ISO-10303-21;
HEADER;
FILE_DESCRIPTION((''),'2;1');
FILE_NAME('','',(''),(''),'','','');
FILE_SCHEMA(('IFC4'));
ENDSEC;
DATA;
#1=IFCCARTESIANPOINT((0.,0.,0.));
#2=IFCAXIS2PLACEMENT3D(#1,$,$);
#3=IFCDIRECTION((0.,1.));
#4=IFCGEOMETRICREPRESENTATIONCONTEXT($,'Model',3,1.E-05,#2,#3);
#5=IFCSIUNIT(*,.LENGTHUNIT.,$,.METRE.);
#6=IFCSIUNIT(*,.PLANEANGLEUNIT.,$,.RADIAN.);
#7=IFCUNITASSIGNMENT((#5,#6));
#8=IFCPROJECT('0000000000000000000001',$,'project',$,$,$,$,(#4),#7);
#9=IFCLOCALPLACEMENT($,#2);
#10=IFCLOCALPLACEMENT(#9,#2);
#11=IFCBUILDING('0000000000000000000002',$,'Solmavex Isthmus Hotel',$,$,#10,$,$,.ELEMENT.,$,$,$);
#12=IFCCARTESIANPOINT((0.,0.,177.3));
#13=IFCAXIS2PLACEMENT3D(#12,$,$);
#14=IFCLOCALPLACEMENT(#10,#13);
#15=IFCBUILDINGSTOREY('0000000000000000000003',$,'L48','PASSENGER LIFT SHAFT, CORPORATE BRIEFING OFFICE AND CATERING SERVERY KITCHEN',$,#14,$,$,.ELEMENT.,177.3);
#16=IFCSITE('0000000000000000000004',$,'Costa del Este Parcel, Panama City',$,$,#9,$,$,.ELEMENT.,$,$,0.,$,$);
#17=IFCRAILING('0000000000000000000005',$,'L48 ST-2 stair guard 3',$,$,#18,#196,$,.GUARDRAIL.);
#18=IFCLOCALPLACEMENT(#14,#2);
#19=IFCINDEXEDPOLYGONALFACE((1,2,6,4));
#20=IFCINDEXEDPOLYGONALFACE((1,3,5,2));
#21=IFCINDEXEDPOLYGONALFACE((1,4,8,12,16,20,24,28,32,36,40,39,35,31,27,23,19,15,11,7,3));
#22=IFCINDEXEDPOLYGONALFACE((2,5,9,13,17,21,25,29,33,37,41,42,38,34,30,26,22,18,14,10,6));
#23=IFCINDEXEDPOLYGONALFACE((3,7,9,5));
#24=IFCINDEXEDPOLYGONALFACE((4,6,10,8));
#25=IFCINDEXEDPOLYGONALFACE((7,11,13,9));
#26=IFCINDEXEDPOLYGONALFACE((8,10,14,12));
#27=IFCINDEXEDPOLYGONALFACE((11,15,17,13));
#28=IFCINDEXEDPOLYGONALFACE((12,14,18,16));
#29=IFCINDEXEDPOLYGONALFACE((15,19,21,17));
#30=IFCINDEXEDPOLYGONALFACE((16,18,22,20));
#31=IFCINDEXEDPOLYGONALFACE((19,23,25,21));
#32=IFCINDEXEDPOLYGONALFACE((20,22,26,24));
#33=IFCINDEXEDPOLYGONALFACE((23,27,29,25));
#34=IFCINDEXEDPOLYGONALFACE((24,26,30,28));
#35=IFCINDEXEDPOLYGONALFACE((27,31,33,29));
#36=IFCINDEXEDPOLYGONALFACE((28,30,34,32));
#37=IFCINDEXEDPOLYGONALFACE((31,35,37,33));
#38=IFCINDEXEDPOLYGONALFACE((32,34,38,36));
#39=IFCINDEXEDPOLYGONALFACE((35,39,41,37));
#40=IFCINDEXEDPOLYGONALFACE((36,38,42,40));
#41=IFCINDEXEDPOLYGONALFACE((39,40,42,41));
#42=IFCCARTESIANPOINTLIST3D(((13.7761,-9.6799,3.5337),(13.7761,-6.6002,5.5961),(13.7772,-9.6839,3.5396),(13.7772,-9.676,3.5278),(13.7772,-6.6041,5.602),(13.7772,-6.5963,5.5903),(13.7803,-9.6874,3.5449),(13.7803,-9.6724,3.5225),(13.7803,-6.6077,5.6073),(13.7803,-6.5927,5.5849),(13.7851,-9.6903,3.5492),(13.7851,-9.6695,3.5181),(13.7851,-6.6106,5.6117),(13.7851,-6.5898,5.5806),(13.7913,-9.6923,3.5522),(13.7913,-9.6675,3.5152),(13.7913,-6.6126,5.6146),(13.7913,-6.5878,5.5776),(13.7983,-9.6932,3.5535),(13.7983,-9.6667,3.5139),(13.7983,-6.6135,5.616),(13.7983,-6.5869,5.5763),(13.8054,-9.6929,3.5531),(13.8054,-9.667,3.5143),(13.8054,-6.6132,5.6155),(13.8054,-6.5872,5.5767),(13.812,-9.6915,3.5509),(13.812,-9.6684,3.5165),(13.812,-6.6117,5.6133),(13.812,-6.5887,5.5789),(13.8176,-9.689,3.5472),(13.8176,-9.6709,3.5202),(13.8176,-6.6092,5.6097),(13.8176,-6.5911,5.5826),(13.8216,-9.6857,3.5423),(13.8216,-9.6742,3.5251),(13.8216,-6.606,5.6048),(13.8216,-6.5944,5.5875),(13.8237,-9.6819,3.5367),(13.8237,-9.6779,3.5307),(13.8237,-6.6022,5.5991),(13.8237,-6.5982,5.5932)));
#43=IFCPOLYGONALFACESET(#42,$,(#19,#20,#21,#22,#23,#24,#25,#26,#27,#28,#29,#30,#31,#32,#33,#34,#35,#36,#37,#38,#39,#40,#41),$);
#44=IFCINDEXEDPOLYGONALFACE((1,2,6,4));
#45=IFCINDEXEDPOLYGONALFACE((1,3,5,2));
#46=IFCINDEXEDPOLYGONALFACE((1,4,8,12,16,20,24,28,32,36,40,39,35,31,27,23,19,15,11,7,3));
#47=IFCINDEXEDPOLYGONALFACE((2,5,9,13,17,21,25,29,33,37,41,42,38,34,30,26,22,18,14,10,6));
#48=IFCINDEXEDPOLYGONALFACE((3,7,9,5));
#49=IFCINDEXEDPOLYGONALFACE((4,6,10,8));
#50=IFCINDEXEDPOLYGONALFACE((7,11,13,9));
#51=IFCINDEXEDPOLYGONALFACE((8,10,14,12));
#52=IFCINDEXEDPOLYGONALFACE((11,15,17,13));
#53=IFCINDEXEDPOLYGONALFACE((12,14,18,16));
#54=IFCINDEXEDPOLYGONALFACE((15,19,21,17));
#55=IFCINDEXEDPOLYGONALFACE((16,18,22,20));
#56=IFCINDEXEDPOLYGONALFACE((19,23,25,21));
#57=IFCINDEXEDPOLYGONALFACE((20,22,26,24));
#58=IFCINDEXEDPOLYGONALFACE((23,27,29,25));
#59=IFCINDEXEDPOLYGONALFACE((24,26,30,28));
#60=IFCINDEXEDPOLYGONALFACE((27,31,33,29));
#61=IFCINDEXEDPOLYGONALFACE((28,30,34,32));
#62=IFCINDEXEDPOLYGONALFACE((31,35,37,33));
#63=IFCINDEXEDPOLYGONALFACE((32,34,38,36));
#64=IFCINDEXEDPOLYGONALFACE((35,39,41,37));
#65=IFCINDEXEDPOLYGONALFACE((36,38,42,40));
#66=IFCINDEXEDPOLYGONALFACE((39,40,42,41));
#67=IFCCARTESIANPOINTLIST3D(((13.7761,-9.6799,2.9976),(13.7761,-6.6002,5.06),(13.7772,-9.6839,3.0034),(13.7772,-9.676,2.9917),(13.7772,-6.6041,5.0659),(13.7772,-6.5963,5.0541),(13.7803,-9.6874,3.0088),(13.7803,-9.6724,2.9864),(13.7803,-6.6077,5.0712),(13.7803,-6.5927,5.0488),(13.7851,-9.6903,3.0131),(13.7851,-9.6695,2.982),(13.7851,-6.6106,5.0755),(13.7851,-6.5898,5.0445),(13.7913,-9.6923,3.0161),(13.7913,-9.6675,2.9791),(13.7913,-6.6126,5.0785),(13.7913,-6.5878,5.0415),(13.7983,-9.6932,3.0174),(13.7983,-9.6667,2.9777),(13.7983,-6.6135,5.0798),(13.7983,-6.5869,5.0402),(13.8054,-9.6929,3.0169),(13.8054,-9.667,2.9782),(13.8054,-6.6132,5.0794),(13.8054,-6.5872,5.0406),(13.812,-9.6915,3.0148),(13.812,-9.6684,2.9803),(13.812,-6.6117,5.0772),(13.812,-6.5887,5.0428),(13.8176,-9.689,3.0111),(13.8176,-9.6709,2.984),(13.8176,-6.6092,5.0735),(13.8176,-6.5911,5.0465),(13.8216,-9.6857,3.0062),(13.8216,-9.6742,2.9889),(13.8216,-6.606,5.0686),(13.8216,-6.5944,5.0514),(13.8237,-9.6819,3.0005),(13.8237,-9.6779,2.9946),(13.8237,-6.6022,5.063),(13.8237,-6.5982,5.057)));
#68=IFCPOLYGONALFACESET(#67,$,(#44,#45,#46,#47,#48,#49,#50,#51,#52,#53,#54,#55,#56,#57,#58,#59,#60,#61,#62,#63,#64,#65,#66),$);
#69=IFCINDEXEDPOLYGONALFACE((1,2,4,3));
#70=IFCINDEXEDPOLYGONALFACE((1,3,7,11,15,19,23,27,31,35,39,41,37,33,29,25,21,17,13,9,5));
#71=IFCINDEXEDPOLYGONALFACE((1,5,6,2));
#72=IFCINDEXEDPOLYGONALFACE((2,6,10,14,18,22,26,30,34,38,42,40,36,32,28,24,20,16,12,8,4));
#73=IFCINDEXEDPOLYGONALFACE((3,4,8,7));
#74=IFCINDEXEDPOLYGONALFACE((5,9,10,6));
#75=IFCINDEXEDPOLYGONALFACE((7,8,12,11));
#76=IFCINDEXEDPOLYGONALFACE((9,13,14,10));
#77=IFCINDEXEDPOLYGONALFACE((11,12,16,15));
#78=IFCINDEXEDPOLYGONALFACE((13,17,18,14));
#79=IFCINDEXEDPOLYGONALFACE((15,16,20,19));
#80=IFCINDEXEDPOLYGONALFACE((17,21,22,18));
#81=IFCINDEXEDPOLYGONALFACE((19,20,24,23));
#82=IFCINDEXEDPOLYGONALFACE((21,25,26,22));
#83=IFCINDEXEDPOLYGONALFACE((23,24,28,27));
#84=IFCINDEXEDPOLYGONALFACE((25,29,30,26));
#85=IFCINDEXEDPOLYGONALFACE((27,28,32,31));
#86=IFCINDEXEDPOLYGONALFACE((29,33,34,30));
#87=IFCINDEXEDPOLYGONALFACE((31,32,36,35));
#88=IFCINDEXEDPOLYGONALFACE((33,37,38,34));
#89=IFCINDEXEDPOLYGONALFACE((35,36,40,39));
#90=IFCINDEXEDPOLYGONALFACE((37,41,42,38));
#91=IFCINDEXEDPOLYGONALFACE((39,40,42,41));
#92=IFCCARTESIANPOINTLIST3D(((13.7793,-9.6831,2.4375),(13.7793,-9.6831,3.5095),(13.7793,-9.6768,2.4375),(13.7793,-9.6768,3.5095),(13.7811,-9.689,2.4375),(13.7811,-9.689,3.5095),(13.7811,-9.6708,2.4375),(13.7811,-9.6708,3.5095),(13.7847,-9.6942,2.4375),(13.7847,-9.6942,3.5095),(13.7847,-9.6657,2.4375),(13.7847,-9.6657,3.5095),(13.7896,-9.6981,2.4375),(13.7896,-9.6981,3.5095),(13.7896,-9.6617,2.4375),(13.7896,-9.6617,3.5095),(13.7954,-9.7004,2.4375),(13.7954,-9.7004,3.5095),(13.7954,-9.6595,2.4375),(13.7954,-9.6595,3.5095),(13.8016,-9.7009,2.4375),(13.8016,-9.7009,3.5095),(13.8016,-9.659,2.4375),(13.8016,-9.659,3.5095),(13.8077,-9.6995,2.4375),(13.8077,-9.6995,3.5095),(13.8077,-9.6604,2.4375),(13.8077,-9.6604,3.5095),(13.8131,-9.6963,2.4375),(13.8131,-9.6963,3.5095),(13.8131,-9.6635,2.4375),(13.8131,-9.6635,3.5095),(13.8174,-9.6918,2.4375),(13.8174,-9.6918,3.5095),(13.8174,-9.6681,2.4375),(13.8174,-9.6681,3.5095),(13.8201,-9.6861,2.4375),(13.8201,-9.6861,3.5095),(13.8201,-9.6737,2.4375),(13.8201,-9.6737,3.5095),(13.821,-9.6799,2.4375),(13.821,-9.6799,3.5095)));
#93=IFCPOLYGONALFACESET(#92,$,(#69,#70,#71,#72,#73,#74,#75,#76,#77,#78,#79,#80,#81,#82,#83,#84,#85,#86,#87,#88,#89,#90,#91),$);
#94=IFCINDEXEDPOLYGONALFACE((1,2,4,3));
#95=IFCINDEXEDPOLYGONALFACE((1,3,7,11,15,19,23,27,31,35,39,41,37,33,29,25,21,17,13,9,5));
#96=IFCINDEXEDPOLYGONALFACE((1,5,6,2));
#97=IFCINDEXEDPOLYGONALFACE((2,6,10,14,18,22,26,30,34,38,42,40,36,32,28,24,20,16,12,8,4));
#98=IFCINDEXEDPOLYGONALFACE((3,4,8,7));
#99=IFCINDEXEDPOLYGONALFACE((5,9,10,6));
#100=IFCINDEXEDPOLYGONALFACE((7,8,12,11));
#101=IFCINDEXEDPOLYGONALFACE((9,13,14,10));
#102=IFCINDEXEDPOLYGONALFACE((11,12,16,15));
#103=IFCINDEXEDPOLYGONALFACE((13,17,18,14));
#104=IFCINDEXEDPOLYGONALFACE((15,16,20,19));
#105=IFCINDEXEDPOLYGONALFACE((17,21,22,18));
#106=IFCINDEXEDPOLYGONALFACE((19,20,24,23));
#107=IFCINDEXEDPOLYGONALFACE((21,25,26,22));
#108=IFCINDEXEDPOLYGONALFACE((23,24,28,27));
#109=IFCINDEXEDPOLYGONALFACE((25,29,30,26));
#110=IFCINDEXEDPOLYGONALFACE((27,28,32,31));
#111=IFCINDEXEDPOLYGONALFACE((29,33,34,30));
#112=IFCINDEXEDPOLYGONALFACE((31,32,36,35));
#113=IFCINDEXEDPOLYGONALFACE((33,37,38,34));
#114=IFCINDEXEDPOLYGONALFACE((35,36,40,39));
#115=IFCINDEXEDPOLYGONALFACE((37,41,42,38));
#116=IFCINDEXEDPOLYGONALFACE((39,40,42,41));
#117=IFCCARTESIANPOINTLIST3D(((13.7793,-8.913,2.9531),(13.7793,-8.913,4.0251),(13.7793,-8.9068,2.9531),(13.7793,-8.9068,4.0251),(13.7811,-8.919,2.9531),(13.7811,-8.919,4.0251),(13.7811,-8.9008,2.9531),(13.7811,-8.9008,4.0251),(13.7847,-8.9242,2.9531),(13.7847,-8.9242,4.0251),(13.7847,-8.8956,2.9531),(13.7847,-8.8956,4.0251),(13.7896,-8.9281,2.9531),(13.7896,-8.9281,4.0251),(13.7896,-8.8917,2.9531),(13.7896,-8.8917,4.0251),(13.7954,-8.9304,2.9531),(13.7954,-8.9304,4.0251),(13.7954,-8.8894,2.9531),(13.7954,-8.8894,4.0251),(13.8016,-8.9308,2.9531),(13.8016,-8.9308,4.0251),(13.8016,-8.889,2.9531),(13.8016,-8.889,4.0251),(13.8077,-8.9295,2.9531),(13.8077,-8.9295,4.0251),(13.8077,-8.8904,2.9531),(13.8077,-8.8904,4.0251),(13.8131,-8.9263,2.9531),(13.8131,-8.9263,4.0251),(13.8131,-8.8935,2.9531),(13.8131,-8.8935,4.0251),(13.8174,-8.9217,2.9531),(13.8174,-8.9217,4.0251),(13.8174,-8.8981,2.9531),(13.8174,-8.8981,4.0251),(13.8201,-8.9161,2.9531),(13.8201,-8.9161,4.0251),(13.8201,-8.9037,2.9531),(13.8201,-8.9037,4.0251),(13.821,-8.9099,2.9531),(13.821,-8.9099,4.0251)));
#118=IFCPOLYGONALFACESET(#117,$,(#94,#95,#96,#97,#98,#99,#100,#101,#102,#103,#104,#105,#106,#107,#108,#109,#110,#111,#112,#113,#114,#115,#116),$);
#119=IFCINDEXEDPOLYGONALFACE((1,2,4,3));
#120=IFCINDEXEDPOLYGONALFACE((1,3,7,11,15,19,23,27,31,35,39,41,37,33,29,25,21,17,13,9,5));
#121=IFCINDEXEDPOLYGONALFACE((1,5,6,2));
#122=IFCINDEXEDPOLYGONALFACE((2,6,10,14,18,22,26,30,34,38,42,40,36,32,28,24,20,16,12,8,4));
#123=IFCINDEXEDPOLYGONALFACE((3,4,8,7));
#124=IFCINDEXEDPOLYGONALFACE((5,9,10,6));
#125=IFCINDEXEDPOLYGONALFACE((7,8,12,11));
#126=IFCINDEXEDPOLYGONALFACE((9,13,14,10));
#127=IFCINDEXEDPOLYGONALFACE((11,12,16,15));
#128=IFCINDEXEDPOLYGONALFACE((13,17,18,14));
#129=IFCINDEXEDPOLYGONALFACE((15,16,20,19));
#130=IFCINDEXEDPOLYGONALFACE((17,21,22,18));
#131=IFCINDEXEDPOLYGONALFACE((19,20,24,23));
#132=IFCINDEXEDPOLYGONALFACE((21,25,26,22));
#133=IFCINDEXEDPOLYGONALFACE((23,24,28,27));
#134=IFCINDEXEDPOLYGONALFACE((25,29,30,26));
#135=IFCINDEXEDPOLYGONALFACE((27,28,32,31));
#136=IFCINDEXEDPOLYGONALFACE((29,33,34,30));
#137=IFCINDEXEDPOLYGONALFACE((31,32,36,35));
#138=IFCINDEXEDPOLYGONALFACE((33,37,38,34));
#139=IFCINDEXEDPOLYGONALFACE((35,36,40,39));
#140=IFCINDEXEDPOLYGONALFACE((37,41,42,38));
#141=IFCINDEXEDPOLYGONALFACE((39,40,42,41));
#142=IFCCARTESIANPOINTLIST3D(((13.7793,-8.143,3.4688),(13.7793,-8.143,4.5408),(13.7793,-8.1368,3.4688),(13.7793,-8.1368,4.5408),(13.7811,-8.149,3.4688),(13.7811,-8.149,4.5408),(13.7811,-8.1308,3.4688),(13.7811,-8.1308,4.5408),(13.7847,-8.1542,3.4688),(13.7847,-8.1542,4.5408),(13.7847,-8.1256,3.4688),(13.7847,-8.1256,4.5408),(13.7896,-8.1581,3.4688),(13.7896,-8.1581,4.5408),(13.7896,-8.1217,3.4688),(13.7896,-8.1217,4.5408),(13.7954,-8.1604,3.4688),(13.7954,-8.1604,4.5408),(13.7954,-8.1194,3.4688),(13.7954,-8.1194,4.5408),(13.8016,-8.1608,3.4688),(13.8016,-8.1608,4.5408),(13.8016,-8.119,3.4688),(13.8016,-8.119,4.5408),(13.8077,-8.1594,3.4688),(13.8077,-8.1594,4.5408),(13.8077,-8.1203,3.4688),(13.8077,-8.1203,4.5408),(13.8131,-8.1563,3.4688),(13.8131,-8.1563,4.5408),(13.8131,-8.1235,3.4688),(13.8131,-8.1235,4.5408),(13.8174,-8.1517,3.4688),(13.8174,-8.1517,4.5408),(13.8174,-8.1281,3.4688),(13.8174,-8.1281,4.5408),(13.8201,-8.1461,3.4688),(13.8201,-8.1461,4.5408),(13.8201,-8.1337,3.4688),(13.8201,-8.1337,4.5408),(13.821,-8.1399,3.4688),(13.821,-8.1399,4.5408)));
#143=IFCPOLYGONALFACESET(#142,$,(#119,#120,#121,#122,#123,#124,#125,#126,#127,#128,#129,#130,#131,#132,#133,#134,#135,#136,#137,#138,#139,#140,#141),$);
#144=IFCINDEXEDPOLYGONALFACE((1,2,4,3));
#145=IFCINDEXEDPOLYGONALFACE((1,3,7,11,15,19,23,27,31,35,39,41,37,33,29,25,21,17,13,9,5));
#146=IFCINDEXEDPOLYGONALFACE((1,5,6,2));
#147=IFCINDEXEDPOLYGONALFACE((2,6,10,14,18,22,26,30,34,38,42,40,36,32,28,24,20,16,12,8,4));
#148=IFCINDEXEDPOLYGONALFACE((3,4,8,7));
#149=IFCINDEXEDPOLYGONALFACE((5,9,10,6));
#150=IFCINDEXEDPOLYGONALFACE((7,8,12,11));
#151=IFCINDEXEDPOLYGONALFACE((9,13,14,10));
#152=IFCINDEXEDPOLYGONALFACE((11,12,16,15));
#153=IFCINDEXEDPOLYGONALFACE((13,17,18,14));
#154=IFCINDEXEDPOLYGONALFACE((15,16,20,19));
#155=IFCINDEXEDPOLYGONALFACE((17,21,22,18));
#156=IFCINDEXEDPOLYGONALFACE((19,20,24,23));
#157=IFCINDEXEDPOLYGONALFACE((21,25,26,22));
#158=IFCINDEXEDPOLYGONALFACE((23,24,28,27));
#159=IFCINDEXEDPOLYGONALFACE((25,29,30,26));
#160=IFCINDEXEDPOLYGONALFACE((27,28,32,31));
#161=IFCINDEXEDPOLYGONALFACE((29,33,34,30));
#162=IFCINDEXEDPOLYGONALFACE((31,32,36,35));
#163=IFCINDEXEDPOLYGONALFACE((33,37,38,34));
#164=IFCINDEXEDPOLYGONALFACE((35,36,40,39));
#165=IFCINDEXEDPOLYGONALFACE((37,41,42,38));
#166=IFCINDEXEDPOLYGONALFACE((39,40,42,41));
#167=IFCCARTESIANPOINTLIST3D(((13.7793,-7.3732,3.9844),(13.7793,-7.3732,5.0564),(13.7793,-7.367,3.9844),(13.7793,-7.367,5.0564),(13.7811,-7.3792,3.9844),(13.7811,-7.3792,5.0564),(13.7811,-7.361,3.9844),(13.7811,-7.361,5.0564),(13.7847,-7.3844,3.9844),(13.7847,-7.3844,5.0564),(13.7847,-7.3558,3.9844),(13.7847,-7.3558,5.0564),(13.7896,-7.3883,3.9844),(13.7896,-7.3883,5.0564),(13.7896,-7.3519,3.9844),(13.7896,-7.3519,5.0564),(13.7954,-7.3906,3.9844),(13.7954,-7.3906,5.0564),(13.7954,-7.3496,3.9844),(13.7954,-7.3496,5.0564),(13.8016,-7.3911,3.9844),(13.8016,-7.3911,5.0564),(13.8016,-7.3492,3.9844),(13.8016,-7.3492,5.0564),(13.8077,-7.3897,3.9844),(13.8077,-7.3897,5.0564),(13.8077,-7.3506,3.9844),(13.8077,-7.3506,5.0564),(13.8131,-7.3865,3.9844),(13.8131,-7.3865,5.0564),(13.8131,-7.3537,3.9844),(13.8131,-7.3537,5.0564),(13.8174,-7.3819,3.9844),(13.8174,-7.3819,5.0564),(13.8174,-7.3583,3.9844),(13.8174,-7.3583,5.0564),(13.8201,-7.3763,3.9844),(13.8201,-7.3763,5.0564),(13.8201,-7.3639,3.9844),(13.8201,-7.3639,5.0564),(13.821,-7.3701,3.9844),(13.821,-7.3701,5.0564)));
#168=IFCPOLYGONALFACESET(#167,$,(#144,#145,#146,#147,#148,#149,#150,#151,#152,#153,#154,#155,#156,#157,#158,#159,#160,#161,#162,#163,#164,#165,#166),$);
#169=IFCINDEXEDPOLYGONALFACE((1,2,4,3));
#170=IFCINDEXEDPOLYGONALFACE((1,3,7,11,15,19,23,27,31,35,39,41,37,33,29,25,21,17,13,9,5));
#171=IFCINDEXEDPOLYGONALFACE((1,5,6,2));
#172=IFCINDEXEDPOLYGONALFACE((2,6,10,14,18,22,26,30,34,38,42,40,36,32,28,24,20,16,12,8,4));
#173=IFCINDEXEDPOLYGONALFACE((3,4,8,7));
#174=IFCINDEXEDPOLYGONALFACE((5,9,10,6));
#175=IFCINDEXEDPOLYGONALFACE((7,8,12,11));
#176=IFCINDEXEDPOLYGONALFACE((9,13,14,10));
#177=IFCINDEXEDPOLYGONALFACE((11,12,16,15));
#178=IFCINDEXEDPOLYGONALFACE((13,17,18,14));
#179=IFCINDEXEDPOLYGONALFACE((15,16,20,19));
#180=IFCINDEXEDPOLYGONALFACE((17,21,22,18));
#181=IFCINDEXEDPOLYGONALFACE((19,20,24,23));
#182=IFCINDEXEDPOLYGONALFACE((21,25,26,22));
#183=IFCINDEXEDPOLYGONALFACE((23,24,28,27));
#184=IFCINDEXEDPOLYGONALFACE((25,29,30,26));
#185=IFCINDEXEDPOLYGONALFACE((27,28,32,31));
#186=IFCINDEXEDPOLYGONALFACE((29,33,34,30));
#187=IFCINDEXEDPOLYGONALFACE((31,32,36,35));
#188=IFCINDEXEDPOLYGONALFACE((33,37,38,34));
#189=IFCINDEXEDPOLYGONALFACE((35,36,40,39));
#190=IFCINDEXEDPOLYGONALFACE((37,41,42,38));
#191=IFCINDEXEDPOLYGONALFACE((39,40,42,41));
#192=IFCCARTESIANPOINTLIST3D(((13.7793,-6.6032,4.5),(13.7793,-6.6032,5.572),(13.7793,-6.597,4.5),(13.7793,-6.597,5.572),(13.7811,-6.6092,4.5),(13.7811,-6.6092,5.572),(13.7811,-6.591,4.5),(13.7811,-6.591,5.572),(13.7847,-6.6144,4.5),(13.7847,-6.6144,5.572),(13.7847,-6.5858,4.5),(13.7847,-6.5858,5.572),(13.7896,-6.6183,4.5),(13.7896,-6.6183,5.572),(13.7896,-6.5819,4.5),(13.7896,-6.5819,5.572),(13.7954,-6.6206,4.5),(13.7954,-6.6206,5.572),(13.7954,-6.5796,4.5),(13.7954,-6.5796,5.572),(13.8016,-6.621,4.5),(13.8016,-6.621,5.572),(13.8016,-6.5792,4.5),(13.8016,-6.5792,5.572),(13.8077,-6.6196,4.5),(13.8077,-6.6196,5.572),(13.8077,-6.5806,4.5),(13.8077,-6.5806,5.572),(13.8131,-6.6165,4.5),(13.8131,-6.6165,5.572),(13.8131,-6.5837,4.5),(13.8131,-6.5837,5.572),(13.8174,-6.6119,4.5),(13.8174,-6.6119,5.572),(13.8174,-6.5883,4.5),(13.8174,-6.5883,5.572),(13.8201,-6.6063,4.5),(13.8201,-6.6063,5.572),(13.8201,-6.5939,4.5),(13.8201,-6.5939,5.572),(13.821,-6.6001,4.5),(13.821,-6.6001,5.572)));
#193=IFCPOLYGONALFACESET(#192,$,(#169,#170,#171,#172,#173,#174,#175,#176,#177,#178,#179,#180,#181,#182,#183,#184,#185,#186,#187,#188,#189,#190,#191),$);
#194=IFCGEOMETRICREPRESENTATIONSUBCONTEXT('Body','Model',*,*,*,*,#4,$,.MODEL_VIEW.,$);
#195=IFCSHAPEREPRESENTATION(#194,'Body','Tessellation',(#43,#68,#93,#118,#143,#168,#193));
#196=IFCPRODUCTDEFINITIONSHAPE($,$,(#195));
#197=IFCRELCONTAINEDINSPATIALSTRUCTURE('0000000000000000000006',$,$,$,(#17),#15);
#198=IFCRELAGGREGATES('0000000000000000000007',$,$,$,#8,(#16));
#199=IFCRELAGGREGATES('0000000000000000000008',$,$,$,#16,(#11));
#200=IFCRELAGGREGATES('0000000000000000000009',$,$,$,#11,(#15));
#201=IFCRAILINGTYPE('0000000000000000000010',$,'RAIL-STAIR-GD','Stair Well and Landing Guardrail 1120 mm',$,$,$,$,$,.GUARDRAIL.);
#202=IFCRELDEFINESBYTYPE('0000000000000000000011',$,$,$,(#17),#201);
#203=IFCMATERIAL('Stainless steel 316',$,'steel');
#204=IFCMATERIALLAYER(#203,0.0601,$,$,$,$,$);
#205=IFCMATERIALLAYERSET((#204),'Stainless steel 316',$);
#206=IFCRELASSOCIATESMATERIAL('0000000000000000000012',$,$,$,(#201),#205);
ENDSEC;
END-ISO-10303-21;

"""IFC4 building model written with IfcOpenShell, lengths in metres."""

from ifc_helpers import new_model, si_unit, direction, frame, origin, origin_2d, place, context, subcontext, project, spatial, circle, extrude, material, layer, layer_set, type_object, element, save


model = new_model("IFC4")

# Units and contexts
model_context = context("Model", 3, precision=1e-05, world=origin(), true_north=direction((0.0, 1.0)))
body_context = subcontext(model_context, "Body", "Model", "MODEL_VIEW")
ifc_project = project(units=[si_unit("LENGTHUNIT", "METRE"), si_unit("PLANEANGLEUNIT", "RADIAN")], contexts=[model_context])

# Site, building, storey
site_placement = place(None, origin())
site = spatial("IfcSite", under=ifc_project, at=site_placement, Name="Costa del Este Parcel, Panama City", CompositionType="ELEMENT", RefElevation=0.0)
building_placement = place(site_placement, origin())
building = spatial("IfcBuilding", under=site, at=building_placement, Name="Solmavex Isthmus Hotel", CompositionType="ELEMENT")
storey_placement = place(building_placement, frame((0.0, 0.0, 177.3)))
storey = spatial("IfcBuildingStorey", under=building, at=storey_placement, Name="L48", Description="PASSENGER LIFT SHAFT, CORPORATE BRIEFING OFFICE AND CATERING SERVERY KITCHEN", CompositionType="ELEMENT", Elevation=177.3)

# Shared definitions
ifc_material_1 = material(Name="Stainless steel 316", Category="steel")

# Railing
ifc_layer_1 = layer(ifc_material_1, 0.0601)
ifc_layer_set_1 = layer_set([ifc_layer_1], Name="Stainless steel 316")
railing_type_1 = type_object("IfcRailingType", Name="RAIL-STAIR-GD", Description="Stair Well and Landing Guardrail 1120 mm", PredefinedType="GUARDRAIL", material=ifc_layer_set_1)
railing_1_placement = place(storey_placement, frame((13.8, -9.6799, 2.4375)))
element("IfcRailing", 1, at=railing_1_placement, inside=storey, type_object=railing_type_1, Name="L48 ST-2 stair guard 3", PredefinedType="GUARDRAIL", context=body_context, shape_type="SweptSolid", body=[
    extrude(circle(Radius=0.0239, at=origin_2d()), frame((0.0, 0.0, 1.0962), z_axis=(0.0, 0.830893, 0.556432), x_axis=(-1.0, 0.0, 0.0)), (0.0, 0.0, 1.0), 3.7065),
    extrude(circle(Radius=0.0239, at=origin_2d()), frame((0.0, 0.0, 0.5601), z_axis=(0.0, 0.830893, 0.556432), x_axis=(-1.0, 0.0, 0.0)), (0.0, 0.0, 1.0), 3.7065),
    extrude(circle(Radius=0.021, at=origin_2d()), origin(), (0.0, 0.0, 1.0), 1.072),
    extrude(circle(Radius=0.021, at=origin_2d()), frame((0.0, 0.77, 0.5156)), (0.0, 0.0, 1.0), 1.072),
    extrude(circle(Radius=0.021, at=origin_2d()), frame((0.0, 1.54, 1.0312)), (0.0, 0.0, 1.0), 1.072),
    extrude(circle(Radius=0.021, at=origin_2d()), frame((0.0, 2.3098, 1.5469)), (0.0, 0.0, 1.0), 1.072),
    extrude(circle(Radius=0.021, at=origin_2d()), frame((0.0, 3.0798, 2.0625)), (0.0, 0.0, 1.0), 1.072),
])

save(model, "model.ifc")
